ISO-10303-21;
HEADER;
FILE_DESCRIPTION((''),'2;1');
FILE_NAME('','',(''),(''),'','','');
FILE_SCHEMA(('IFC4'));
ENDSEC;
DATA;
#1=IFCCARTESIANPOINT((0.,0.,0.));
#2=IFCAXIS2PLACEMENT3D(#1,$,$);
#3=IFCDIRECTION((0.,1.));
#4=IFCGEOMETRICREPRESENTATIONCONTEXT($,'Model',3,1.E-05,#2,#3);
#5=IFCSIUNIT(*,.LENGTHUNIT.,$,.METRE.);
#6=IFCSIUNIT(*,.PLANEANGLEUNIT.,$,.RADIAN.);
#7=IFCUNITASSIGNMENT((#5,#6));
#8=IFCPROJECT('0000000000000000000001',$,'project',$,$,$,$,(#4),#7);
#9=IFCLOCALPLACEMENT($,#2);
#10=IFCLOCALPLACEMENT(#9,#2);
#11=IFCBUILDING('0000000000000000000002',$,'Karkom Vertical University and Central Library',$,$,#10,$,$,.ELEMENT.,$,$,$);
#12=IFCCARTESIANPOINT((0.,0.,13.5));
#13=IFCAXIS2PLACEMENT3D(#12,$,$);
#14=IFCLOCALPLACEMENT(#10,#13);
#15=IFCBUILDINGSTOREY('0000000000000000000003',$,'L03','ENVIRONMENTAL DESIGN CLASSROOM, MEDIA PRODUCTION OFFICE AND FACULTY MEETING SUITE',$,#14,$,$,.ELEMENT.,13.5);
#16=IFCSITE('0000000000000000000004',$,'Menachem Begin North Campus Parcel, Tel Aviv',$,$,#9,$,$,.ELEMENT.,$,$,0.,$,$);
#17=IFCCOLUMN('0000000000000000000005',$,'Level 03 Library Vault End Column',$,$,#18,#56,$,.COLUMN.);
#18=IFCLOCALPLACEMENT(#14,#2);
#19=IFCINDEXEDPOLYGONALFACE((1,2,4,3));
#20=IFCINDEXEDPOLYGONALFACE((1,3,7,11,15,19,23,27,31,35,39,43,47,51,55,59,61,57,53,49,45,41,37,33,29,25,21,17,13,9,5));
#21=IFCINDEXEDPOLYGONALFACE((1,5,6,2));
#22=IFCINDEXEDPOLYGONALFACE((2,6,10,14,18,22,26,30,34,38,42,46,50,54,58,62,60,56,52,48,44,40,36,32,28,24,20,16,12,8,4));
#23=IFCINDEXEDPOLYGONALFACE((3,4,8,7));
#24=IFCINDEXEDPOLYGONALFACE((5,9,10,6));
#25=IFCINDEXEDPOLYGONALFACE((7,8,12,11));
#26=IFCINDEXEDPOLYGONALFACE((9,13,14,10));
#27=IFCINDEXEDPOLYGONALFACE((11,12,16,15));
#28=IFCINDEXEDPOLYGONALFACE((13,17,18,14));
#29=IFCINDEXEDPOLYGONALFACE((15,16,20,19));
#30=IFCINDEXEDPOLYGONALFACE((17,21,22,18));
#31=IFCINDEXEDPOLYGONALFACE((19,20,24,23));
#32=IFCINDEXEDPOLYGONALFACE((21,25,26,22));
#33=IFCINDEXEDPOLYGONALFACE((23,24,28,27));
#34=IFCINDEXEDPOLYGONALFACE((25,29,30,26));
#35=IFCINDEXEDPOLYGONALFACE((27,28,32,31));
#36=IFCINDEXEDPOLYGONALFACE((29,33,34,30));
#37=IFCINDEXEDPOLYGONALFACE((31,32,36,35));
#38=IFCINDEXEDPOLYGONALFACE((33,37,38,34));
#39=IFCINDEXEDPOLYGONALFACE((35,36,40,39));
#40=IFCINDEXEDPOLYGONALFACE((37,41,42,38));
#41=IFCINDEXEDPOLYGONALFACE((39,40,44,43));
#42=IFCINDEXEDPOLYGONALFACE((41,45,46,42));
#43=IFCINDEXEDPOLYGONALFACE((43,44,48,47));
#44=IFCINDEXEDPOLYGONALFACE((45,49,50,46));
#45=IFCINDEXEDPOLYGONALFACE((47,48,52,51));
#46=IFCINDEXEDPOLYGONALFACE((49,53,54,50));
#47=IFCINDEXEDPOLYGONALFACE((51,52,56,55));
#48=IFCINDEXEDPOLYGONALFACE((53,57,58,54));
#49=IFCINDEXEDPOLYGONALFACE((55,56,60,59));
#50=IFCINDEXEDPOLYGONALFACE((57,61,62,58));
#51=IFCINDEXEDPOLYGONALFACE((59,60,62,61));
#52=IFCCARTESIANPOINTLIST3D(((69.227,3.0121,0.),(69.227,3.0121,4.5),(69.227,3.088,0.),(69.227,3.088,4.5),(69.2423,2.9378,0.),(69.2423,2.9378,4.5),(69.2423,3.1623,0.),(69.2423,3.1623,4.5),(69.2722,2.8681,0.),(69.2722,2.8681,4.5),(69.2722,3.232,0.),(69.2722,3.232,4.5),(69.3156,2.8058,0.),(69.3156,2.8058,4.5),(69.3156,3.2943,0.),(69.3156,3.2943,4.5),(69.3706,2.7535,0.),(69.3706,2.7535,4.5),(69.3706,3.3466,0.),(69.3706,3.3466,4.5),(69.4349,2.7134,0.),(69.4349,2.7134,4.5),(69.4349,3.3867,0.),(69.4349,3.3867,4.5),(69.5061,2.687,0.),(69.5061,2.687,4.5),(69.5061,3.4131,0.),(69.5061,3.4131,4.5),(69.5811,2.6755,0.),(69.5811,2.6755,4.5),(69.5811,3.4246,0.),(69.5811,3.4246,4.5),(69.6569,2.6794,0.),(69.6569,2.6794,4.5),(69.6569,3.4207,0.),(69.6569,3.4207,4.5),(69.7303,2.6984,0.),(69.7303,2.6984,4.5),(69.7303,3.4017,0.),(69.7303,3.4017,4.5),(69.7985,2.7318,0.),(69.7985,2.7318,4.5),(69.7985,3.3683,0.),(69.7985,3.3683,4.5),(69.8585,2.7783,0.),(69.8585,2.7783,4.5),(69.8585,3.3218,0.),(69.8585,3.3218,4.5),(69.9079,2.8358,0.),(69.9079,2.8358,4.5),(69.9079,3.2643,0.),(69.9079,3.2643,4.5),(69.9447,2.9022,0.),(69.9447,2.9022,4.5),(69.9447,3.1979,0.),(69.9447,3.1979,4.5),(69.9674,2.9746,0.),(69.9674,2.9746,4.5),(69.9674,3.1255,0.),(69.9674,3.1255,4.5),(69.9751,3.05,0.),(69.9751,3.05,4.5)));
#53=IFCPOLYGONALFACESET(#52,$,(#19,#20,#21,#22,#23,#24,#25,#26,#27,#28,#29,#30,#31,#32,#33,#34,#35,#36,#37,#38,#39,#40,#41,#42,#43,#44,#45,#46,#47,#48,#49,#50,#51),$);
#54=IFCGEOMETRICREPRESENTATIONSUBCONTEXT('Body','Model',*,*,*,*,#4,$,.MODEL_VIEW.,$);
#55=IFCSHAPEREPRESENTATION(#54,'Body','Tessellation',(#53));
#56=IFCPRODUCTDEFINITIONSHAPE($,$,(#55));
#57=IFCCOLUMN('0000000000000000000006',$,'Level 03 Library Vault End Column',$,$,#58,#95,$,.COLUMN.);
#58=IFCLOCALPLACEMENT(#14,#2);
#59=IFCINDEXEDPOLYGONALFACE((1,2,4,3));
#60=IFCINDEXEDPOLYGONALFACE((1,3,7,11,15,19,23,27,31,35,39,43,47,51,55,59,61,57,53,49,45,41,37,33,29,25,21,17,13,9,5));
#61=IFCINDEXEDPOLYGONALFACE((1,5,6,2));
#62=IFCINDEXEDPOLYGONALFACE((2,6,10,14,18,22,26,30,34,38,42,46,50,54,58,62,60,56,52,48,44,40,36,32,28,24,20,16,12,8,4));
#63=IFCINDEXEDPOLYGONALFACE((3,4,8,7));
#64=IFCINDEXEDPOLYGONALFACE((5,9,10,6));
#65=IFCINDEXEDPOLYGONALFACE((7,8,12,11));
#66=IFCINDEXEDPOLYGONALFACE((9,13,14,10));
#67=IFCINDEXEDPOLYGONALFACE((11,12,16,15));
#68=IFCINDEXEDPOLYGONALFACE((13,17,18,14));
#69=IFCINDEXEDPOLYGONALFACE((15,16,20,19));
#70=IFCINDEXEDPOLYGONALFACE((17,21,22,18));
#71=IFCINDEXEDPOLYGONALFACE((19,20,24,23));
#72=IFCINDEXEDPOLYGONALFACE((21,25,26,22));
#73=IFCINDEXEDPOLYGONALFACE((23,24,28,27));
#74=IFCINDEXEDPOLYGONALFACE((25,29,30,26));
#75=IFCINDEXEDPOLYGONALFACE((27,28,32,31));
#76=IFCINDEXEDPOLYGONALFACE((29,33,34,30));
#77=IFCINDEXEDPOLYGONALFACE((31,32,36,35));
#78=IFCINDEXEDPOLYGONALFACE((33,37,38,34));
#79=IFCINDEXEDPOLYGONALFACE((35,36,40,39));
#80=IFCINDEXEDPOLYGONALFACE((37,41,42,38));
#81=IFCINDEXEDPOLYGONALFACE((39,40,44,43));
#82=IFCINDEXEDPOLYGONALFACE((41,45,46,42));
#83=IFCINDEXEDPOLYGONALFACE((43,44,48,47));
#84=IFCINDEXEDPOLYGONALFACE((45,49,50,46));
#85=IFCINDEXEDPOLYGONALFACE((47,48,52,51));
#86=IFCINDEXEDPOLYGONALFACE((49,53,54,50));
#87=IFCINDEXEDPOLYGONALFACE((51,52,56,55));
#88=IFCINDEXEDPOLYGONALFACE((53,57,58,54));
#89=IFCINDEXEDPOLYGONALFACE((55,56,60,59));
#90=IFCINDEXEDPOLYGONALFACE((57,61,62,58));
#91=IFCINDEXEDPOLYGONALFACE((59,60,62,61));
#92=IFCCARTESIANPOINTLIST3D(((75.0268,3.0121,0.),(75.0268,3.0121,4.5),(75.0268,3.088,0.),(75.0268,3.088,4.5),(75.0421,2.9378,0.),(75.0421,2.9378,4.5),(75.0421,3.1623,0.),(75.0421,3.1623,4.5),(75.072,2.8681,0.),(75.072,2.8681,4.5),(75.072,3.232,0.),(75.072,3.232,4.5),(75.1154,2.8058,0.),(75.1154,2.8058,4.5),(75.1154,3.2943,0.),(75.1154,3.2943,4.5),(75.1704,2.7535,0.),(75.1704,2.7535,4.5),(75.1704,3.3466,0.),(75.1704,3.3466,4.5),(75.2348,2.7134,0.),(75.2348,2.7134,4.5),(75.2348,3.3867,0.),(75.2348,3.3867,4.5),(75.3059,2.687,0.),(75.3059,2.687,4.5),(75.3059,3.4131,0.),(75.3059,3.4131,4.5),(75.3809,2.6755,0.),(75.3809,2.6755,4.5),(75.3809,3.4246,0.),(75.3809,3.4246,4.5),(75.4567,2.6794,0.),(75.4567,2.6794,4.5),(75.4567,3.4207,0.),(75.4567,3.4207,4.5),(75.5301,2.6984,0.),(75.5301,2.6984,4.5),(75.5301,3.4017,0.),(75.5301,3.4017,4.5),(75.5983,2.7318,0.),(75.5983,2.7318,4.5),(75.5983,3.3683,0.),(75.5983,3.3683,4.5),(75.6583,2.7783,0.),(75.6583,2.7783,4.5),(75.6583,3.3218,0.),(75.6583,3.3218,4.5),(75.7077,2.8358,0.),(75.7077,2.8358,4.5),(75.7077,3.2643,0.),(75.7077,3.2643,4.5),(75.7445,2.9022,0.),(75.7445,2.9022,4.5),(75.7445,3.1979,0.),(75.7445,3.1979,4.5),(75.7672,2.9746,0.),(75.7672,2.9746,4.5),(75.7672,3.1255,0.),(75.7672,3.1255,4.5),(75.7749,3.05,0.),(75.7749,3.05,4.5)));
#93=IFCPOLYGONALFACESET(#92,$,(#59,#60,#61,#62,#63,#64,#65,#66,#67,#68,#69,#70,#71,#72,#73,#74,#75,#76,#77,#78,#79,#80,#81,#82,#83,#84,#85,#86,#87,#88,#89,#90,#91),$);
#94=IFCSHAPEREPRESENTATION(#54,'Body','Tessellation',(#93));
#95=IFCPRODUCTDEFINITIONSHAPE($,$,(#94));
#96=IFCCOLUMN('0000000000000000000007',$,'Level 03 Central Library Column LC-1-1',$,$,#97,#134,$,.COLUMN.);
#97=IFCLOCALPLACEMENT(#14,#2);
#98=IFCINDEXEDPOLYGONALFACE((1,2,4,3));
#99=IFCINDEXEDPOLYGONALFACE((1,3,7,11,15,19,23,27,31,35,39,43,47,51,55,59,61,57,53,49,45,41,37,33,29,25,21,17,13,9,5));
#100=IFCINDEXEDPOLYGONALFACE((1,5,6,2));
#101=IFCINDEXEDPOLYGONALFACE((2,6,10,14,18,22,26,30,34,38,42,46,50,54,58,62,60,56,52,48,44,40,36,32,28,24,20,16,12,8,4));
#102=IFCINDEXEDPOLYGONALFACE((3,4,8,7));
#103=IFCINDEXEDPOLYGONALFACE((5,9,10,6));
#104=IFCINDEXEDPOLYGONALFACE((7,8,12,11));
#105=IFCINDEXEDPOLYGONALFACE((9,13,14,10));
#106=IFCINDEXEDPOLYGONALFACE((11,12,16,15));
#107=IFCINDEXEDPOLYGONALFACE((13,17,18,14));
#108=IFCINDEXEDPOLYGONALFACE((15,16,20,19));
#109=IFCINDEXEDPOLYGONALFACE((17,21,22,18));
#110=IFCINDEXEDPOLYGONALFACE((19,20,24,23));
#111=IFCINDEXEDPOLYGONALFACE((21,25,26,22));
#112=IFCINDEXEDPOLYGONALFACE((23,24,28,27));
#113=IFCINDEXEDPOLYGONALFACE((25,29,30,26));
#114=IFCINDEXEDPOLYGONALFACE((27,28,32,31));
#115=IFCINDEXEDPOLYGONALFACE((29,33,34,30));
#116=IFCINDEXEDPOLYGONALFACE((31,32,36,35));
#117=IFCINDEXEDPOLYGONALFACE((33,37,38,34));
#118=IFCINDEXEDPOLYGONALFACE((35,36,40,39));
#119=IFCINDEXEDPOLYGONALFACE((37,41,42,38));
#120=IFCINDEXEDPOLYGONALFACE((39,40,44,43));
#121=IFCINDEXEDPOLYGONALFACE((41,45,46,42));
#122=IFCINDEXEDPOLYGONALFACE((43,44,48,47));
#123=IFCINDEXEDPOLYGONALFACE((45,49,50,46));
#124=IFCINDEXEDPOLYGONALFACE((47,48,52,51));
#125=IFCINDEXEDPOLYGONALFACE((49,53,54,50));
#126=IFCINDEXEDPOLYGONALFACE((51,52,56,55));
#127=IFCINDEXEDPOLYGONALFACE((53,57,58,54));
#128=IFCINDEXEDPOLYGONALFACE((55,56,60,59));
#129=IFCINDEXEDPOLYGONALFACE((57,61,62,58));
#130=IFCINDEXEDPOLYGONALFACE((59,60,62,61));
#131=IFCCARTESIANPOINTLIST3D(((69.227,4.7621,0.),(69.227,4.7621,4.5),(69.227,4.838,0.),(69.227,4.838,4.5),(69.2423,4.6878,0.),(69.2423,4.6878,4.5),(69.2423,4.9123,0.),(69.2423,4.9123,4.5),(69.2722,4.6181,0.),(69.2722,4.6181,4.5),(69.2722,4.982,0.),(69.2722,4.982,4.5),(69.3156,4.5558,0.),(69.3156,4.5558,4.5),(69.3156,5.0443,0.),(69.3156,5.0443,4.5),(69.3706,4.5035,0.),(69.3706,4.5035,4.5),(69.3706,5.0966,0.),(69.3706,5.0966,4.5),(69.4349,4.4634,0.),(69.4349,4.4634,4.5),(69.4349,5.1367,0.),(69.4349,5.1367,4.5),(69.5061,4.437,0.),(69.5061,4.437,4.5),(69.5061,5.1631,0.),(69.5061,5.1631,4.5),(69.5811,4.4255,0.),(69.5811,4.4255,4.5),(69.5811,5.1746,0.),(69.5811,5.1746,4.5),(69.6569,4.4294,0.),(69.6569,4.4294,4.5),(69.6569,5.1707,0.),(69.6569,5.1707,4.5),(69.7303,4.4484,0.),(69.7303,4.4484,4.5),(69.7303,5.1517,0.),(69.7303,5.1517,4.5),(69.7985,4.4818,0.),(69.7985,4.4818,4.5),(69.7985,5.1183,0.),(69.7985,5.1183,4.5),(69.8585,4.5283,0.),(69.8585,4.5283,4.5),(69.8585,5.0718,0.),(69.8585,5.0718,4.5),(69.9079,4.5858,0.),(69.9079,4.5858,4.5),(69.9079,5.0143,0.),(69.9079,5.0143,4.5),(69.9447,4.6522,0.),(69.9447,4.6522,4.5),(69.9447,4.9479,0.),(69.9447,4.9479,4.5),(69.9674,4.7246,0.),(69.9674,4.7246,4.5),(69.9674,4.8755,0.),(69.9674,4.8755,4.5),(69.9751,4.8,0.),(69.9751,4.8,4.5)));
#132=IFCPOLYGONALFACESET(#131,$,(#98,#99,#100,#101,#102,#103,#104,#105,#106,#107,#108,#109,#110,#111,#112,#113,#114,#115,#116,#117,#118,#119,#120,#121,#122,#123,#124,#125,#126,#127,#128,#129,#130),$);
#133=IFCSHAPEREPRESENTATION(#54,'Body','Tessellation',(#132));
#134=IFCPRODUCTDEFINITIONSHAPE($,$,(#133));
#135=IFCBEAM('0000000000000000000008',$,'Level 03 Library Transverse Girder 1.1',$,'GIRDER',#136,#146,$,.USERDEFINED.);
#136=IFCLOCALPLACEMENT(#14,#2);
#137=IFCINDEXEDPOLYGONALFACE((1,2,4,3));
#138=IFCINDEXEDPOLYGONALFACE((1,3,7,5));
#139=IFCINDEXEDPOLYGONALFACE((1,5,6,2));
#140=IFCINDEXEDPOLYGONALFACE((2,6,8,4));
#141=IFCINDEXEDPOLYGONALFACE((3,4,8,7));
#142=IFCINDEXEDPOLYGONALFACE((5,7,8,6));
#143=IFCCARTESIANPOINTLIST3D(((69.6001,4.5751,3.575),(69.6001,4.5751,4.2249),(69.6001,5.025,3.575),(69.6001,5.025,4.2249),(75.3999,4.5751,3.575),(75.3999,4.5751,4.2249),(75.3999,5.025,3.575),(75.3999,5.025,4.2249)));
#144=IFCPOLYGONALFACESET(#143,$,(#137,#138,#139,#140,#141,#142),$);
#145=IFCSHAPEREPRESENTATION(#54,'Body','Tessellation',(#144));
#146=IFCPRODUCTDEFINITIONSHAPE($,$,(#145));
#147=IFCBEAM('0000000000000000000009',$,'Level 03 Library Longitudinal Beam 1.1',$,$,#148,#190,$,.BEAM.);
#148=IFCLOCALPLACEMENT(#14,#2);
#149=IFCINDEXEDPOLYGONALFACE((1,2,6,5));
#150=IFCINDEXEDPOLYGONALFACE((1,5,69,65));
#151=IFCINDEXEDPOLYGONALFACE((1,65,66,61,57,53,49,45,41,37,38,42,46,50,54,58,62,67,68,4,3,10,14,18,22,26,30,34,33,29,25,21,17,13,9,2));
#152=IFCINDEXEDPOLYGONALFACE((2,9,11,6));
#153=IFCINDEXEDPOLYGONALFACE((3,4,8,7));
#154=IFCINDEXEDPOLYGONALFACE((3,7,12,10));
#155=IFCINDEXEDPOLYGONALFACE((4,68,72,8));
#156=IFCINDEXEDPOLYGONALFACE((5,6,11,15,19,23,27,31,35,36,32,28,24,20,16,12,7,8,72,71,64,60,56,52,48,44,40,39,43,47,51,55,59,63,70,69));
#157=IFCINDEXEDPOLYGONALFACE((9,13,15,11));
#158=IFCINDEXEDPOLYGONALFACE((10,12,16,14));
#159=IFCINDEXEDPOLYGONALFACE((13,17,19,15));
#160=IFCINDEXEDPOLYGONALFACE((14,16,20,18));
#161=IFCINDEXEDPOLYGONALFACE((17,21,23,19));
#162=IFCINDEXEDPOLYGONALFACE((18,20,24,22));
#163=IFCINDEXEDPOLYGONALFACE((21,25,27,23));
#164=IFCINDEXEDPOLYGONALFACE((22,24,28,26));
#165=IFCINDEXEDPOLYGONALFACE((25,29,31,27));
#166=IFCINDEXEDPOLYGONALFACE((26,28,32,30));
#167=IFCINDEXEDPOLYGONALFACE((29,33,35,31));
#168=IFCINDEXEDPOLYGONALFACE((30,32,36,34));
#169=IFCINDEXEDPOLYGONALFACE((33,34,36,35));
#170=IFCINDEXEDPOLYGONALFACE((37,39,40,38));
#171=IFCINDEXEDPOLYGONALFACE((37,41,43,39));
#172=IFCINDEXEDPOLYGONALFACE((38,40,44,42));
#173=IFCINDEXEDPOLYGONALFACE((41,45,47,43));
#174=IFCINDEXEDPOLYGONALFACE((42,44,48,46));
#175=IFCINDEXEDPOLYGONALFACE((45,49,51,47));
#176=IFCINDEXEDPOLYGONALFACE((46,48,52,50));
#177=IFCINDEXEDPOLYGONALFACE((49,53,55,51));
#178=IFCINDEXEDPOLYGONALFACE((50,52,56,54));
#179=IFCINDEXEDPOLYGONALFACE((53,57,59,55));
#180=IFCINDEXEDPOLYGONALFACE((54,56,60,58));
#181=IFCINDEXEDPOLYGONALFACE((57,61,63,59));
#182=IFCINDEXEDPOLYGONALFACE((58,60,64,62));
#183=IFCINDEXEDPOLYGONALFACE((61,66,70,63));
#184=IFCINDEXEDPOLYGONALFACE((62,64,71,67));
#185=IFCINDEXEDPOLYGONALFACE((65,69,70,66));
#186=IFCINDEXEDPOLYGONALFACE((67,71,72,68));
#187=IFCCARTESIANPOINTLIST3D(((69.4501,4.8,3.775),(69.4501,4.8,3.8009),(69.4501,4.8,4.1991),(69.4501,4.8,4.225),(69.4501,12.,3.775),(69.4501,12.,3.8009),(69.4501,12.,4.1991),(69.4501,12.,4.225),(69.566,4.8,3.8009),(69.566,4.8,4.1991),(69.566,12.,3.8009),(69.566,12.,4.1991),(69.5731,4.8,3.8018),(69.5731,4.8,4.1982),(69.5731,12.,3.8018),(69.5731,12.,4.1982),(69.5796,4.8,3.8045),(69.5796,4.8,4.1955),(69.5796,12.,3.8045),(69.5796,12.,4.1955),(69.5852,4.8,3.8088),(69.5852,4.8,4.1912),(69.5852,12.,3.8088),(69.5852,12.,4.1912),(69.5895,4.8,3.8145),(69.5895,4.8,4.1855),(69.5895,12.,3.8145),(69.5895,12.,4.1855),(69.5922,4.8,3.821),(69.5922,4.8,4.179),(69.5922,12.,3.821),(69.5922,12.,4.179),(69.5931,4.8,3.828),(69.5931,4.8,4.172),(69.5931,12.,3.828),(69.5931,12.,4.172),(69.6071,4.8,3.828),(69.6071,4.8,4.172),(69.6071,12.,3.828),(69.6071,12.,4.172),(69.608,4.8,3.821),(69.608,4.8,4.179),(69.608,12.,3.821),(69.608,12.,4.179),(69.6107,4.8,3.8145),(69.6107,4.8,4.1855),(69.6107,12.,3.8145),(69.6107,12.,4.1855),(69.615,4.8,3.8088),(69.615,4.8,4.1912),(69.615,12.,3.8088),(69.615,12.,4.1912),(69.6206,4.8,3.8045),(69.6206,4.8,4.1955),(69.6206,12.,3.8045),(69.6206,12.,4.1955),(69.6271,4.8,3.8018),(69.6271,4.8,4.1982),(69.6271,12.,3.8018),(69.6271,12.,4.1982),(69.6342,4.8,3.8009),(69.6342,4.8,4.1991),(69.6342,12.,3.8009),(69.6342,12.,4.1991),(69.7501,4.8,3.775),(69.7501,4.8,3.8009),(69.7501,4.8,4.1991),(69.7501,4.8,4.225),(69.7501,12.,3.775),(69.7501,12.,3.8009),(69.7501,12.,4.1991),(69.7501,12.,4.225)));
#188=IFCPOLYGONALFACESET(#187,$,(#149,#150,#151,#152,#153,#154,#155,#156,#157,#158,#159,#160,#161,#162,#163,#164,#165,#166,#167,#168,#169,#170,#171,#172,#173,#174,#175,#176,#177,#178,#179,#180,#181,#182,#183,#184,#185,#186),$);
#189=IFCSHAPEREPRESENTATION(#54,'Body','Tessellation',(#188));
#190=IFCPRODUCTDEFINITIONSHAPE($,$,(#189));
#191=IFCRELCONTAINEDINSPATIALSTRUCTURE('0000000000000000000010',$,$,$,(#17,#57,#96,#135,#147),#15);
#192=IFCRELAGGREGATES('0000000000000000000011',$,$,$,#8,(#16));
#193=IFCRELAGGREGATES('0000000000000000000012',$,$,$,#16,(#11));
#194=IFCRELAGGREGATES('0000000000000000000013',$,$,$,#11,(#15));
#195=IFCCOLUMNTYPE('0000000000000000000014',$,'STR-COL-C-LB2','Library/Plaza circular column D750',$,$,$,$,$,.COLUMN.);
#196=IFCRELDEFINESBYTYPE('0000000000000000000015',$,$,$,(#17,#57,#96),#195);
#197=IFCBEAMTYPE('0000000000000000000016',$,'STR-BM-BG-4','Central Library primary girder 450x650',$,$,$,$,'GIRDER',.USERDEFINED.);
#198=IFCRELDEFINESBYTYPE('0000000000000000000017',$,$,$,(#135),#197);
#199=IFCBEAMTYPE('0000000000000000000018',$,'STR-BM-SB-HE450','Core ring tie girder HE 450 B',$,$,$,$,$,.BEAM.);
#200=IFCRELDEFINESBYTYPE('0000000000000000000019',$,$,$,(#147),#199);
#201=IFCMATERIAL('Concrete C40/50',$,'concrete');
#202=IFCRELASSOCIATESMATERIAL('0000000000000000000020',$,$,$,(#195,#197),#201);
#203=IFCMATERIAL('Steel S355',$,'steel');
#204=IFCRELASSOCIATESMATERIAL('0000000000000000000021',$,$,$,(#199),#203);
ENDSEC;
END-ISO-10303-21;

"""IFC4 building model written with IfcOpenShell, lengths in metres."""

from ifc_helpers import new_model, si_unit, direction, frame, origin, origin_with_axes, origin_2d, place, context, subcontext, project, spatial, rectangle, circle, i_section, extrude, source, transform, mapped, material, material_profile, profile_set, type_object, element, save


model = new_model("IFC4")

# Units and contexts
model_context = context("Model", 3, precision=1e-05, world=origin(), true_north=direction((0.0, 1.0)))
body_context = subcontext(model_context, "Body", "Model", "MODEL_VIEW")
ifc_project = project(units=[si_unit("LENGTHUNIT", "METRE"), si_unit("PLANEANGLEUNIT", "RADIAN")], contexts=[model_context])

# Site, building, storey
site_placement = place(None, origin())
site = spatial("IfcSite", under=ifc_project, at=site_placement, Name="Menachem Begin North Campus Parcel, Tel Aviv", CompositionType="ELEMENT", RefElevation=0.0)
building_placement = place(site_placement, origin())
building = spatial("IfcBuilding", under=site, at=building_placement, Name="Karkom Vertical University and Central Library", CompositionType="ELEMENT")
storey_placement = place(building_placement, frame((0.0, 0.0, 13.5)))
storey = spatial("IfcBuildingStorey", under=building, at=storey_placement, Name="L03", Description="ENVIRONMENTAL DESIGN CLASSROOM, MEDIA PRODUCTION OFFICE AND FACULTY MEETING SUITE", CompositionType="ELEMENT", Elevation=13.5)

# Columns
ifc_material_1 = material(Name="Concrete C40/50", Category="concrete")
ifc_material_profile_1 = material_profile(ifc_material_1, circle(Radius=0.375, at=origin_2d()), Name="RC-D750")
ifc_profile_set_1 = profile_set([ifc_material_profile_1], Name="Concrete C40/50")
column_type = type_object("IfcColumnType", Name="STR-COL-C-LB2", Description="Library/Plaza circular column D750", PredefinedType="COLUMN", material=ifc_profile_set_1)
shared_shape_1 = source(origin_with_axes(), body_context, "Body", "SweptSolid", [
    extrude(circle(Radius=0.375, at=origin_2d()), origin(), (0.0, 0.0, 1.0), 4.5),
])
for number, where, z_axis, x_axis, name in (
    (1, (69.6001, 3.05, 0.0), (0.0, 0.0, 1.0), (1.0, 0.0, 0.0), "Level 03 Library Vault End Column"),
    (2, (75.3999, 3.05, 0.0), (0.0, 0.0, 1.0), (1.0, 0.0, 0.0), "Level 03 Library Vault End Column"),
    (3, (69.6001, 4.8, 0.0), (0.0, 0.0, 1.0), (1.0, 0.0, 0.0), "Level 03 Central Library Column LC-1-1"),
):
    element("IfcColumn", number, at=place(storey_placement, frame(where, z_axis=z_axis, x_axis=x_axis)), inside=storey, type_object=column_type, Name=name, PredefinedType="COLUMN", context=body_context, shape_type="MappedRepresentation", body=[
        mapped(shared_shape_1, transform((0.0, 0.0, 0.0), scale=1.0)),
    ])

# Beams
ifc_material_profile_2 = material_profile(ifc_material_1, rectangle(XDim=0.45, YDim=0.6499, at=origin_2d()), Name="RCB-450x650")
ifc_profile_set_2 = profile_set([ifc_material_profile_2], Name="Concrete C40/50")
beam_type_1 = type_object("IfcBeamType", Name="STR-BM-BG-4", Description="Central Library primary girder 450x650", ElementType="GIRDER", PredefinedType="USERDEFINED", material=ifc_profile_set_2)
shared_shape_2 = source(origin_with_axes(), body_context, "Body", "SweptSolid", [
    extrude(rectangle(XDim=0.45, YDim=0.6499, at=origin_2d()), origin(), (0.0, 0.0, 1.0), 5.7998),
])
beam_1_placement = place(storey_placement, frame((69.6001, 4.8, 3.8999), z_axis=(1.0, 0.0, 0.0), x_axis=(0.0, 1.0, 0.0)))
element("IfcBeam", 4, at=beam_1_placement, inside=storey, type_object=beam_type_1, Name="Level 03 Library Transverse Girder 1.1", ObjectType="GIRDER", PredefinedType="USERDEFINED", context=body_context, shape_type="MappedRepresentation", body=[
    mapped(shared_shape_2, transform((0.0, 0.0, 0.0), scale=1.0)),
])
ifc_material_2 = material(Name="Steel S355", Category="steel")
ifc_material_profile_3 = material_profile(ifc_material_2, i_section(OverallWidth=0.3, OverallDepth=0.45, WebThickness=0.0139, FlangeThickness=0.0259, FilletRadius=0.0271, at=origin_2d()), Name="HE 450 B")
ifc_profile_set_3 = profile_set([ifc_material_profile_3], Name="Steel S355")
beam_type_2 = type_object("IfcBeamType", Name="STR-BM-SB-HE450", Description="Core ring tie girder HE 450 B", PredefinedType="BEAM", material=ifc_profile_set_3)
shared_shape_3 = source(origin_with_axes(), body_context, "Body", "SweptSolid", [
    extrude(i_section(OverallWidth=0.3, OverallDepth=0.45, WebThickness=0.0139, FlangeThickness=0.0259, FilletRadius=0.0271, at=origin_2d()), origin(), (0.0, 0.0, 1.0), 7.2),
])
beam_2_placement = place(storey_placement, frame((69.6001, 4.8, 4.0), z_axis=(0.0, 1.0, 0.0), x_axis=(-1.0, 0.0, 0.0)))
element("IfcBeam", 5, at=beam_2_placement, inside=storey, type_object=beam_type_2, Name="Level 03 Library Longitudinal Beam 1.1", PredefinedType="BEAM", context=body_context, shape_type="MappedRepresentation", body=[
    mapped(shared_shape_3, transform((0.0, 0.0, 0.0), scale=1.0)),
])

save(model, "model.ifc")
